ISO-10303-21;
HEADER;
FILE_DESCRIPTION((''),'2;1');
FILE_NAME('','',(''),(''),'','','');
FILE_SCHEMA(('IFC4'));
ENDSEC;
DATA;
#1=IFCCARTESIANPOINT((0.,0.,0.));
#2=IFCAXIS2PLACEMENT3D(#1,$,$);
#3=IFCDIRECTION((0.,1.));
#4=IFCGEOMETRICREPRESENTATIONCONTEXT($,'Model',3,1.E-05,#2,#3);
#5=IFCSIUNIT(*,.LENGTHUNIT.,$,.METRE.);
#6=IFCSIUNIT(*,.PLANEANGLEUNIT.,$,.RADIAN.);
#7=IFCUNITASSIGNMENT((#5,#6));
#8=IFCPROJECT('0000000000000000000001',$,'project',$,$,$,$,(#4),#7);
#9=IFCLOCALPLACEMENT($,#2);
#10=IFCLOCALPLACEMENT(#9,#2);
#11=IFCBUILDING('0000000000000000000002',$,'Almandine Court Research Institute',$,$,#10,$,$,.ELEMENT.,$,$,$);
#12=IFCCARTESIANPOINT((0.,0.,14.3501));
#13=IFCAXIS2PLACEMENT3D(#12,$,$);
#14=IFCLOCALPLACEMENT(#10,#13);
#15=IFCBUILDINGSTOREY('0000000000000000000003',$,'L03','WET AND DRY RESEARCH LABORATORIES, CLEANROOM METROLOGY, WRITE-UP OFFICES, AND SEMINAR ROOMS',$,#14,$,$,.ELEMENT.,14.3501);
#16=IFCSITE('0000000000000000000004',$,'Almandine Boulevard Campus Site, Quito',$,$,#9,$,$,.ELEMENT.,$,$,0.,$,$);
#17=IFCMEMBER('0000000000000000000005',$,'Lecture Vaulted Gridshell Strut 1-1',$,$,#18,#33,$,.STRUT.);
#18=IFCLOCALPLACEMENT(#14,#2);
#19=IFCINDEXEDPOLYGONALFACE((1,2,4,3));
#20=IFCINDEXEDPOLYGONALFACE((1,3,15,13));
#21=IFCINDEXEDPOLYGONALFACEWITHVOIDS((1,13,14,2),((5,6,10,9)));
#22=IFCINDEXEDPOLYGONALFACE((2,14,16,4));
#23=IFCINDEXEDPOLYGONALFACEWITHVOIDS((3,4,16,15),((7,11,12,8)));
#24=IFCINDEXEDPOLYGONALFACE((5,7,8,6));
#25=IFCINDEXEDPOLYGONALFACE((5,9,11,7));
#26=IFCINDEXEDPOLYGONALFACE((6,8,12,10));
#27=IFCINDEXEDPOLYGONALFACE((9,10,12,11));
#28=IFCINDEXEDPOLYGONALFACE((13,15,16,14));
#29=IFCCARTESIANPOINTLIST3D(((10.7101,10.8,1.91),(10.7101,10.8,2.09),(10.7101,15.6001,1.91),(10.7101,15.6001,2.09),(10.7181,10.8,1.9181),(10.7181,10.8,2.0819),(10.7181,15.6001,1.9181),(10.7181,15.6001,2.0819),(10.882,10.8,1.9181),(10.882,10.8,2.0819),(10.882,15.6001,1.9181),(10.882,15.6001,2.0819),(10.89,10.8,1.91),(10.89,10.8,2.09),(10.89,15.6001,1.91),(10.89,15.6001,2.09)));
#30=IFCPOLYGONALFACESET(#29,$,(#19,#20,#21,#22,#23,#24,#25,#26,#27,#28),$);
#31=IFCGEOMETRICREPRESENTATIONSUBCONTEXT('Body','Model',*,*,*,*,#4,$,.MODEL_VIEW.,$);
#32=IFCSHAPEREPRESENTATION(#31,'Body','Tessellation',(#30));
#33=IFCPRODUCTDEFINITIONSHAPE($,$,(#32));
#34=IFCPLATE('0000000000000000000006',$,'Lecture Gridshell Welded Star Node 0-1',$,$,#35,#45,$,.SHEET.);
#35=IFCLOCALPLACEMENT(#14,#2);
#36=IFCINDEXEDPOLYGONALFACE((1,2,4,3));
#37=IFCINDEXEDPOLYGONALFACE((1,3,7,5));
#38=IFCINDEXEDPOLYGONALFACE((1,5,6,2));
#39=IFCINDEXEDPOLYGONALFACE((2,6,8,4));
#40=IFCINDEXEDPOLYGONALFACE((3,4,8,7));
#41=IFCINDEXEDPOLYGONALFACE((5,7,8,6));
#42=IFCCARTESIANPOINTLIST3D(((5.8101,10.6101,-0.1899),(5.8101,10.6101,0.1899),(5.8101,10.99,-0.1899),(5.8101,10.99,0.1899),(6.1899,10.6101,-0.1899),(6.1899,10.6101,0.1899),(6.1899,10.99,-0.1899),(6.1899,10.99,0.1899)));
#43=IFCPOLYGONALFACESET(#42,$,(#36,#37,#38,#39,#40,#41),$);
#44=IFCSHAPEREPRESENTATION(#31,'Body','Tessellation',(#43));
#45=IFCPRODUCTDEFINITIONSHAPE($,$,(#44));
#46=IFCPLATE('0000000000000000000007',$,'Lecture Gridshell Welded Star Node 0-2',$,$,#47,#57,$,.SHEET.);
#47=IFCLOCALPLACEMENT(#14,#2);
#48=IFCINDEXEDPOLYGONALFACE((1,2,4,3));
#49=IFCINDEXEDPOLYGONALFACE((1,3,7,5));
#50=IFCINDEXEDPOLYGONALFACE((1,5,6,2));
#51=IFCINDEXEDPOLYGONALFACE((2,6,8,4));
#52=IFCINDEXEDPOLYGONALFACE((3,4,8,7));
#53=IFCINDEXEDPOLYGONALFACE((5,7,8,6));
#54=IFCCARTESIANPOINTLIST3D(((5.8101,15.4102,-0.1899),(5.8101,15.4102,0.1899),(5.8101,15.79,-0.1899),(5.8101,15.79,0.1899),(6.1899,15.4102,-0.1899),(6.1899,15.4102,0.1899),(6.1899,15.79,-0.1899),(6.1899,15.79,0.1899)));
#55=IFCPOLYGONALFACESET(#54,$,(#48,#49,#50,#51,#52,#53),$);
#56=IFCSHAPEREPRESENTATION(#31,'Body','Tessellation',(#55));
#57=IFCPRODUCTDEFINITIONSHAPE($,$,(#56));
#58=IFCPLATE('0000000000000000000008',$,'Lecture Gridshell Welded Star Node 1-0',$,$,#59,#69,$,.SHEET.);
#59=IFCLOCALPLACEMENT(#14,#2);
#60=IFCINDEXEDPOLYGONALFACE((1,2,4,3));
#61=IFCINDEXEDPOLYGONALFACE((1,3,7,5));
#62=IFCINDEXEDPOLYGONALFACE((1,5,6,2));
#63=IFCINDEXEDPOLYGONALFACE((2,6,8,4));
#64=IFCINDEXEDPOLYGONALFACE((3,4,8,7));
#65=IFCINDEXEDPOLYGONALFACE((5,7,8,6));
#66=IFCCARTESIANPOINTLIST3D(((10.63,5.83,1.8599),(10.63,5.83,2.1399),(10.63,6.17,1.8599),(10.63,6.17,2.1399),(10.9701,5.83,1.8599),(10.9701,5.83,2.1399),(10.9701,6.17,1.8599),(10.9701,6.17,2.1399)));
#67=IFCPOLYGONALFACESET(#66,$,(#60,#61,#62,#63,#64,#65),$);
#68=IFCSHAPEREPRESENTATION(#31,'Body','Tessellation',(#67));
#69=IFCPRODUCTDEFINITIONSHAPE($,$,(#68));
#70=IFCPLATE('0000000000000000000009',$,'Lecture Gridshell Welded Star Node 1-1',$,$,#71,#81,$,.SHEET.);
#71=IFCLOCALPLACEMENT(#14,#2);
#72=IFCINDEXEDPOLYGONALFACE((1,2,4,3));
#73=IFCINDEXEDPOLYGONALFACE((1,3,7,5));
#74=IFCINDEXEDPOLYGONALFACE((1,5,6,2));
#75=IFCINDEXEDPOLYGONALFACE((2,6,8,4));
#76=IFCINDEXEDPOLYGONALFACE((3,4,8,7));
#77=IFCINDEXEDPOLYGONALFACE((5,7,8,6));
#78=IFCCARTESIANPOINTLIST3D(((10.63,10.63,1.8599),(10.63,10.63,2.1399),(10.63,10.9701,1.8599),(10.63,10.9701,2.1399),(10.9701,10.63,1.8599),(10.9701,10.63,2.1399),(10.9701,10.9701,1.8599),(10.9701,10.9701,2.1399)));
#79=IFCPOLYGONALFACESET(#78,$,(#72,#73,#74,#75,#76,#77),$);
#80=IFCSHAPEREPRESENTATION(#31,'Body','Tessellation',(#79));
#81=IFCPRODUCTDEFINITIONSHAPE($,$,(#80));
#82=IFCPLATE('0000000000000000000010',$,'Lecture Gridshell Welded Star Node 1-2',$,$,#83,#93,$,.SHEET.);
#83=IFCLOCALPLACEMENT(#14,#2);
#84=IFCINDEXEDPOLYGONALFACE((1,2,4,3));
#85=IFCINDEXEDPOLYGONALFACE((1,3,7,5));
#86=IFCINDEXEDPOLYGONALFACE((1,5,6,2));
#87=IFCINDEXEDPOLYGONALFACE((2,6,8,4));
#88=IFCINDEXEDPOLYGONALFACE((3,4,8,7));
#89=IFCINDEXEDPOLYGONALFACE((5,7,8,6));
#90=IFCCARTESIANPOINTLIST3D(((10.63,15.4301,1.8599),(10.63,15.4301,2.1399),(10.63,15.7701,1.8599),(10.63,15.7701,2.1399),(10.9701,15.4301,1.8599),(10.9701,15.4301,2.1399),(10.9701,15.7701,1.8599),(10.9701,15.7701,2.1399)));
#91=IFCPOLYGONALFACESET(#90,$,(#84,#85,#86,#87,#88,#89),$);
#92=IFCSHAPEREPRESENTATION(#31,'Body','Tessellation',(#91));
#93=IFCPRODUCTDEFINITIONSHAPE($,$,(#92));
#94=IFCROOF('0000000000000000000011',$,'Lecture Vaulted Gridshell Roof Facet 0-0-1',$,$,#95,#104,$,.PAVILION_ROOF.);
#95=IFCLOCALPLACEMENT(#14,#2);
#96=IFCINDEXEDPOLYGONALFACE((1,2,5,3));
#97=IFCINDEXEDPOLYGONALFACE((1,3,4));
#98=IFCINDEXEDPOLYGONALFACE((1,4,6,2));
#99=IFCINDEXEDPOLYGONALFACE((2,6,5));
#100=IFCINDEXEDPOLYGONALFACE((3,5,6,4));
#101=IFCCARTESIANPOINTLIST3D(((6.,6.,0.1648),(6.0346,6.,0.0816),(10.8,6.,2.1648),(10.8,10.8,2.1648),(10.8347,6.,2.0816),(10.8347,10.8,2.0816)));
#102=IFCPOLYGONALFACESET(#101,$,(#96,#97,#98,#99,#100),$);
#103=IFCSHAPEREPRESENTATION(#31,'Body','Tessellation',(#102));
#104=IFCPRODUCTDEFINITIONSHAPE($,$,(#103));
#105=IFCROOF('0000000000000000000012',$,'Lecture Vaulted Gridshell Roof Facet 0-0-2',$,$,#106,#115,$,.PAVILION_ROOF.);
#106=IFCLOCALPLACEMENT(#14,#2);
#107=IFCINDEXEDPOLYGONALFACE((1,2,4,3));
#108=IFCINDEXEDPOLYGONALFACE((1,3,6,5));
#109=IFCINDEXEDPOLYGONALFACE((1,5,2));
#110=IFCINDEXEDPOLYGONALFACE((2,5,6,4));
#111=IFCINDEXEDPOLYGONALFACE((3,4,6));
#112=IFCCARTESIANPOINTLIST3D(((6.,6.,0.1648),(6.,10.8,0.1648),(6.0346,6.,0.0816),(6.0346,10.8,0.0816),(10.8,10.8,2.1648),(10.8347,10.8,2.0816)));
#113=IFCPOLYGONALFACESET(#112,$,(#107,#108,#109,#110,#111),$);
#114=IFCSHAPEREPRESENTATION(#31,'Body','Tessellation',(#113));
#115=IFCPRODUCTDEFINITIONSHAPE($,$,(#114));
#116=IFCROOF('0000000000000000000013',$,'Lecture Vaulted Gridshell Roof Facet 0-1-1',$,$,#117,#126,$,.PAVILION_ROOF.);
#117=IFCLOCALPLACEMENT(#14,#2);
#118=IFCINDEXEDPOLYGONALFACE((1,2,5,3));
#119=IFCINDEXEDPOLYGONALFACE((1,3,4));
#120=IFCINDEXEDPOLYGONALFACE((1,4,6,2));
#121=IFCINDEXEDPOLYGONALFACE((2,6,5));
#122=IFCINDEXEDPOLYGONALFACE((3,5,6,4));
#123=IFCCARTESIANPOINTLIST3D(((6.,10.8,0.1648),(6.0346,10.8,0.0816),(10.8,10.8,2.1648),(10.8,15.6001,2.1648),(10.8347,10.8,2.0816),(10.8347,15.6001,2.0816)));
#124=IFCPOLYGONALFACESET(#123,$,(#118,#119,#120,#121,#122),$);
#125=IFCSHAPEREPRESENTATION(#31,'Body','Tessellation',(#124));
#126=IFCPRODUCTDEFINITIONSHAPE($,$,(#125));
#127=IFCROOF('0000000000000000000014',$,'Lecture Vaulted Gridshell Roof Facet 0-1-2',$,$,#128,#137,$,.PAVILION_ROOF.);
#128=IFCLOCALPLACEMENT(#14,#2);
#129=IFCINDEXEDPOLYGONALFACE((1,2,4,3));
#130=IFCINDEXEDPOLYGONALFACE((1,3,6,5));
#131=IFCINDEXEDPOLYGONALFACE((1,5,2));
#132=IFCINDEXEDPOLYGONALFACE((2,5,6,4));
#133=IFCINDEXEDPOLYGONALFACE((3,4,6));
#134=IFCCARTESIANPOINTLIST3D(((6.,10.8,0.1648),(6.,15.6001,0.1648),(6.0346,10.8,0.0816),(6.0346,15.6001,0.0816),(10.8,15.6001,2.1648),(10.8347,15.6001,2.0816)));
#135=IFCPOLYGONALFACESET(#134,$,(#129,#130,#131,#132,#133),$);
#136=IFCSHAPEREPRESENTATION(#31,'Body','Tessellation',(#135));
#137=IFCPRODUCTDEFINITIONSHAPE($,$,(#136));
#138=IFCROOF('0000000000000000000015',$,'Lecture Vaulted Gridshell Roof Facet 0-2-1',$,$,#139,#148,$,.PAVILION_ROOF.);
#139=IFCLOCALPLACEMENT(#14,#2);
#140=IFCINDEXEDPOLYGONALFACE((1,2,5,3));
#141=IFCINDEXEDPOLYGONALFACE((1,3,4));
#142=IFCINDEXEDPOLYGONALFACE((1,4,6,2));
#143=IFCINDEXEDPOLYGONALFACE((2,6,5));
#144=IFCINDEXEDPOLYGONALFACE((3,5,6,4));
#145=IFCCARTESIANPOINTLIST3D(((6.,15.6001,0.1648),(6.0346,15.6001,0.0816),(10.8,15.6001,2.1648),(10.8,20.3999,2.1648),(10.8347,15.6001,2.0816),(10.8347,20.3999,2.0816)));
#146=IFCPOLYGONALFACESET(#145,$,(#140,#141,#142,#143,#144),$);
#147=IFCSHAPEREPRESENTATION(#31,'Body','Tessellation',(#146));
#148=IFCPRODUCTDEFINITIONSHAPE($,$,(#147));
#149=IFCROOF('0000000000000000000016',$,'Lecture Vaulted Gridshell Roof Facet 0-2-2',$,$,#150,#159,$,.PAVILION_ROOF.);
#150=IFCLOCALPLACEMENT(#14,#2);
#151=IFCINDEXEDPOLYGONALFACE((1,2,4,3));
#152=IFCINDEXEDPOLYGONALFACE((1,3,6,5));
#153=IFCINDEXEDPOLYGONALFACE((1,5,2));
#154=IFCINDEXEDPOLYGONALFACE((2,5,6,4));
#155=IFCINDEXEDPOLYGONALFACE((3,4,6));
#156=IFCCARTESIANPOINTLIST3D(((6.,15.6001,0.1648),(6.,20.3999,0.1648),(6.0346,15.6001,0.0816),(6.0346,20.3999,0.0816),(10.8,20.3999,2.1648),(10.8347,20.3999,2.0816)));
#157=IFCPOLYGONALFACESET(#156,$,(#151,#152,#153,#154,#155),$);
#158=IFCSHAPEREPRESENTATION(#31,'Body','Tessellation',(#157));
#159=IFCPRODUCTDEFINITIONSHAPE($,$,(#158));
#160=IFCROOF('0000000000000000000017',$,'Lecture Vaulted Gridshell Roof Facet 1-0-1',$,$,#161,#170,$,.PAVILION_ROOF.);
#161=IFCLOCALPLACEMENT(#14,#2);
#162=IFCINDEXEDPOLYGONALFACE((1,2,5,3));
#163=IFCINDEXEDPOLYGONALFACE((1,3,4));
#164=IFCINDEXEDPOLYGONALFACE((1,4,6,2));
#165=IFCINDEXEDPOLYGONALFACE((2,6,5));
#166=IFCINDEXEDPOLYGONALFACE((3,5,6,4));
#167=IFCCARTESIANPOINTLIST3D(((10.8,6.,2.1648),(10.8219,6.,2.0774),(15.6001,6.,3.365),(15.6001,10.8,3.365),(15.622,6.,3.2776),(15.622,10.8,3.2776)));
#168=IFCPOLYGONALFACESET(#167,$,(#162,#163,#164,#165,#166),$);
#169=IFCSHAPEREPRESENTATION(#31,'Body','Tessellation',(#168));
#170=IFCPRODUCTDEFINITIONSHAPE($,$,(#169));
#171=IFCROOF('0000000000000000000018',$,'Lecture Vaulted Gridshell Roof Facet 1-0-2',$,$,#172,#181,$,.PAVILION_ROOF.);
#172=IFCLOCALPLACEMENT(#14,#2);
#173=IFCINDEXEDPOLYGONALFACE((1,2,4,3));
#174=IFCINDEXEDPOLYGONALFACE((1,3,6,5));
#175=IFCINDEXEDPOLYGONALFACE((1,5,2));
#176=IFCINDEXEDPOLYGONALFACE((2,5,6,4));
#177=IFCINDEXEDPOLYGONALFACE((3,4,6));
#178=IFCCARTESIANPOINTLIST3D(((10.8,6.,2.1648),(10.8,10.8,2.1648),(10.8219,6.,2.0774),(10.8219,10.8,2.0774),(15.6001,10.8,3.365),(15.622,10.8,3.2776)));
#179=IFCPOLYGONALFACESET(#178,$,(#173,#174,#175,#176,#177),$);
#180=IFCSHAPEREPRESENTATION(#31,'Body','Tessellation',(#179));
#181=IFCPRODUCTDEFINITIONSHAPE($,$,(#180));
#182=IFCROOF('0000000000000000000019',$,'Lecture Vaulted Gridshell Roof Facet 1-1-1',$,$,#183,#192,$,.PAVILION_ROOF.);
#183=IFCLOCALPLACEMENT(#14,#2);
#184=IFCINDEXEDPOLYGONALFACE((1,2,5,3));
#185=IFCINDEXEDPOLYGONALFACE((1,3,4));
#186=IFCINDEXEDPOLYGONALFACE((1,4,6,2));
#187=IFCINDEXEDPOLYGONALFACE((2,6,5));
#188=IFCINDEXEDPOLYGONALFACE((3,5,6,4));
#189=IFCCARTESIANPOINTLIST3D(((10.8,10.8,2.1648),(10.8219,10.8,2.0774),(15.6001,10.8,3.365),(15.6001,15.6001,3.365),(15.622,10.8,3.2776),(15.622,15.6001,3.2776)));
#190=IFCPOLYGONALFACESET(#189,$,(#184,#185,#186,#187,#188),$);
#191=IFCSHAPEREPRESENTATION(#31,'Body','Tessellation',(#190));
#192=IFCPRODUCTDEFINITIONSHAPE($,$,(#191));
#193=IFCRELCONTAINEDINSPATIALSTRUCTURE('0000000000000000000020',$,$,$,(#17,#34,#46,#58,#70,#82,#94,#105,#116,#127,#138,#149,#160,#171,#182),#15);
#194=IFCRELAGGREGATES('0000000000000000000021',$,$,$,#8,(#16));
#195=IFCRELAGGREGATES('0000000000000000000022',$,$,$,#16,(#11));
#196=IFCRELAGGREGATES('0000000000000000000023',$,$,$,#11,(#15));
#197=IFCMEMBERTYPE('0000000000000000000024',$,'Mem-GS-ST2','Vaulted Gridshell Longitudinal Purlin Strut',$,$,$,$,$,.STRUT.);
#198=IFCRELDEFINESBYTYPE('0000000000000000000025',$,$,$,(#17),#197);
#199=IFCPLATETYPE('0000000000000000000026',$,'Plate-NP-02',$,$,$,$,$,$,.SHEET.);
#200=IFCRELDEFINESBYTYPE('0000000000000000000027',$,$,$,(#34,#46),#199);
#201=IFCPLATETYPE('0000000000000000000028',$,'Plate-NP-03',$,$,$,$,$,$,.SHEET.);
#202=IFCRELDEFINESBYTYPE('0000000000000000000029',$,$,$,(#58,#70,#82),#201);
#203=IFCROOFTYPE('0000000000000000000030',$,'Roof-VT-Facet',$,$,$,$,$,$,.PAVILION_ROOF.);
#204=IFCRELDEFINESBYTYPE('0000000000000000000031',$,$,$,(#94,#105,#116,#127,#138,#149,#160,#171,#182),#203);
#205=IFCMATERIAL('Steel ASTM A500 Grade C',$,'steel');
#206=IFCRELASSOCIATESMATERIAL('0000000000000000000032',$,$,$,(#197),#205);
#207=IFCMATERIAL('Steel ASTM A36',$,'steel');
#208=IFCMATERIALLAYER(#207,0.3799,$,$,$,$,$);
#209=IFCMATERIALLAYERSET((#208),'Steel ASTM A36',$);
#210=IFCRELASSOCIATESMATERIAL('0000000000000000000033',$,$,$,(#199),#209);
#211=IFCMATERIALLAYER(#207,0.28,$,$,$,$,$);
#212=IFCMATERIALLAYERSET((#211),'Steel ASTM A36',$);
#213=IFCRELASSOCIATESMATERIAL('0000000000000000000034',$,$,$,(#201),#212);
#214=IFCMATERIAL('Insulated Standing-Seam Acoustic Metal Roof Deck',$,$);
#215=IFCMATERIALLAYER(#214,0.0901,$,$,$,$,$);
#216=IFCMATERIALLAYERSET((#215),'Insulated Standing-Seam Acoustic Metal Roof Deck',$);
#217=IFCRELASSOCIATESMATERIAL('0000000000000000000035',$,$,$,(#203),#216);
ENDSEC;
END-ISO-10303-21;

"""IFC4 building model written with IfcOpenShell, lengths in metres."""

from ifc_helpers import new_model, si_unit, direction, frame, origin, origin_2d, place, context, subcontext, project, spatial, polyline, rectangle, hollow_rectangle, outline, extrude, material, layer, layer_set, material_profile, profile_set, type_object, element, save


model = new_model("IFC4")

# Units and contexts
model_context = context("Model", 3, precision=1e-05, world=origin(), true_north=direction((0.0, 1.0)))
body_context = subcontext(model_context, "Body", "Model", "MODEL_VIEW")
ifc_project = project(units=[si_unit("LENGTHUNIT", "METRE"), si_unit("PLANEANGLEUNIT", "RADIAN")], contexts=[model_context])

# Site, building, storey
site_placement = place(None, origin())
site = spatial("IfcSite", under=ifc_project, at=site_placement, Name="Almandine Boulevard Campus Site, Quito", CompositionType="ELEMENT", RefElevation=0.0)
building_placement = place(site_placement, origin())
building = spatial("IfcBuilding", under=site, at=building_placement, Name="Almandine Court Research Institute", CompositionType="ELEMENT")
storey_placement = place(building_placement, frame((0.0, 0.0, 14.3501)))
storey = spatial("IfcBuildingStorey", under=building, at=storey_placement, Name="L03", Description="WET AND DRY RESEARCH LABORATORIES, CLEANROOM METROLOGY, WRITE-UP OFFICES, AND SEMINAR ROOMS", CompositionType="ELEMENT", Elevation=14.3501)

# Member
ifc_material_1 = material(Name="Steel ASTM A500 Grade C", Category="steel")
ifc_material_profile_1 = material_profile(ifc_material_1, hollow_rectangle(XDim=0.1799, YDim=0.1799, WallThickness=0.0081, at=origin_2d()), Name="HSS 180x180x8")
ifc_profile_set_1 = profile_set([ifc_material_profile_1], Name="Steel ASTM A500 Grade C")
member_type_1 = type_object("IfcMemberType", Name="Mem-GS-ST2", Description="Vaulted Gridshell Longitudinal Purlin Strut", PredefinedType="STRUT", material=ifc_profile_set_1)
for number, where, z_axis, x_axis, name in (
    (1, (10.8, 10.8, 2.0), (0.0, 1.0, 0.0), (-1.0, 0.0, 0.0), "Lecture Vaulted Gridshell Strut 1-1"),
):
    element("IfcMember", number, at=place(storey_placement, frame(where, z_axis=z_axis, x_axis=x_axis)), inside=storey, type_object=member_type_1, Name=name, PredefinedType="STRUT", context=body_context, shape_type="SweptSolid", body=[
        extrude(hollow_rectangle(XDim=0.1799, YDim=0.1799, WallThickness=0.0081, at=origin_2d()), origin(), (0.0, 0.0, 1.0), 4.8),
    ])

# Plates
ifc_material_2 = material(Name="Steel ASTM A36", Category="steel")
ifc_layer_1 = layer(ifc_material_2, 0.3799)
ifc_layer_set_1 = layer_set([ifc_layer_1], Name="Steel ASTM A36")
plate_type_1 = type_object("IfcPlateType", Name="Plate-NP-02", PredefinedType="SHEET", material=ifc_layer_set_1)
for number, where, z_axis, x_axis, name in (
    (2, (6.0, 10.8, -0.1899), (0.0, 0.0, 1.0), (1.0, 0.0, 0.0), "Lecture Gridshell Welded Star Node 0-1"),
    (3, (6.0, 15.6001, -0.1899), (0.0, 0.0, 1.0), (1.0, 0.0, 0.0), "Lecture Gridshell Welded Star Node 0-2"),
):
    element("IfcPlate", number, at=place(storey_placement, frame(where, z_axis=z_axis, x_axis=x_axis)), inside=storey, type_object=plate_type_1, Name=name, PredefinedType="SHEET", context=body_context, shape_type="SweptSolid", body=[
        extrude(rectangle(XDim=0.3799, YDim=0.3799, at=origin_2d()), origin(), (0.0, 0.0, 1.0), 0.3799),
    ])
ifc_layer_2 = layer(ifc_material_2, 0.28)
ifc_layer_set_2 = layer_set([ifc_layer_2], Name="Steel ASTM A36")
plate_type_2 = type_object("IfcPlateType", Name="Plate-NP-03", PredefinedType="SHEET", material=ifc_layer_set_2)
for number, where, z_axis, x_axis, name in (
    (4, (10.8, 6.0, 1.8599), (0.0, 0.0, 1.0), (1.0, 0.0, 0.0), "Lecture Gridshell Welded Star Node 1-0"),
    (5, (10.8, 10.8, 1.8599), (0.0, 0.0, 1.0), (1.0, 0.0, 0.0), "Lecture Gridshell Welded Star Node 1-1"),
    (6, (10.8, 15.6001, 1.8599), (0.0, 0.0, 1.0), (1.0, 0.0, 0.0), "Lecture Gridshell Welded Star Node 1-2"),
):
    element("IfcPlate", number, at=place(storey_placement, frame(where, z_axis=z_axis, x_axis=x_axis)), inside=storey, type_object=plate_type_2, Name=name, PredefinedType="SHEET", context=body_context, shape_type="SweptSolid", body=[
        extrude(rectangle(XDim=0.3401, YDim=0.3401, at=origin_2d()), origin(), (0.0, 0.0, 1.0), 0.28),
    ])

# Roofs
ifc_material_3 = material(Name="Insulated Standing-Seam Acoustic Metal Roof Deck")
ifc_layer_3 = layer(ifc_material_3, 0.0901)
ifc_layer_set_3 = layer_set([ifc_layer_3], Name="Insulated Standing-Seam Acoustic Metal Roof Deck")
roof_type = type_object("IfcRoofType", Name="Roof-VT-Facet", PredefinedType="PAVILION_ROOF", material=ifc_layer_set_3)
roof_1_placement = place(storey_placement, frame((6.0, 6.0, 0.1648), z_axis=(-0.384612, 0.0, 0.923078), x_axis=(0.923078, 0.0, 0.384612)))
element("IfcRoof", 7, at=roof_1_placement, inside=storey, type_object=roof_type, Name="Lecture Vaulted Gridshell Roof Facet 0-0-1", PredefinedType="PAVILION_ROOF", context=body_context, shape_type="SweptSolid", body=[
    extrude(outline(polyline([(0.0, 0.0), (5.2, 0.0), (5.2, 4.8), (0.0, 0.0)])), origin(), (0.0, 0.0, -1.0), 0.0901),
])
roof_2_placement = place(storey_placement, frame((6.0, 6.0, 0.1648), z_axis=(-0.384612, 0.0, 0.923078), x_axis=(0.678281, 0.678281, 0.282614)))
element("IfcRoof", 8, at=roof_2_placement, inside=storey, type_object=roof_type, Name="Lecture Vaulted Gridshell Roof Facet 0-0-2", PredefinedType="PAVILION_ROOF", context=body_context, shape_type="SweptSolid", body=[
    extrude(outline(polyline([(0.0, 0.0), (7.0768, 0.0), (3.2558, 3.5271), (0.0, 0.0)])), origin(), (0.0, 0.0, -1.0), 0.0901),
])
roof_3_placement = place(storey_placement, frame((6.0, 10.8, 0.1648), z_axis=(-0.384612, 0.0, 0.923078), x_axis=(0.923078, 0.0, 0.384612)))
element("IfcRoof", 9, at=roof_3_placement, inside=storey, type_object=roof_type, Name="Lecture Vaulted Gridshell Roof Facet 0-1-1", PredefinedType="PAVILION_ROOF", context=body_context, shape_type="SweptSolid", body=[
    extrude(outline(polyline([(0.0, 0.0), (5.2, 0.0), (5.2, 4.8), (0.0, 0.0)])), origin(), (0.0, 0.0, -1.0), 0.0901),
])
roof_4_placement = place(storey_placement, frame((6.0, 10.8, 0.1648), z_axis=(-0.384612, 0.0, 0.923078), x_axis=(0.678281, 0.678281, 0.282614)))
element("IfcRoof", 10, at=roof_4_placement, inside=storey, type_object=roof_type, Name="Lecture Vaulted Gridshell Roof Facet 0-1-2", PredefinedType="PAVILION_ROOF", context=body_context, shape_type="SweptSolid", body=[
    extrude(outline(polyline([(0.0, 0.0), (7.0768, 0.0), (3.2558, 3.5271), (0.0, 0.0)])), origin(), (0.0, 0.0, -1.0), 0.0901),
])
roof_5_placement = place(storey_placement, frame((6.0, 15.6001, 0.1648), z_axis=(-0.384612, 0.0, 0.923078), x_axis=(0.923078, 0.0, 0.384612)))
element("IfcRoof", 11, at=roof_5_placement, inside=storey, type_object=roof_type, Name="Lecture Vaulted Gridshell Roof Facet 0-2-1", PredefinedType="PAVILION_ROOF", context=body_context, shape_type="SweptSolid", body=[
    extrude(outline(polyline([(0.0, 0.0), (5.2, 0.0), (5.2, 4.7998), (0.0, 0.0)])), origin(), (0.0, 0.0, -1.0), 0.0901),
])
roof_6_placement = place(storey_placement, frame((6.0, 15.6001, 0.1648), z_axis=(-0.384612, 0.0, 0.923078), x_axis=(0.678297, 0.678262, 0.282621)))
element("IfcRoof", 12, at=roof_6_placement, inside=storey, type_object=roof_type, Name="Lecture Vaulted Gridshell Roof Facet 0-2-2", PredefinedType="PAVILION_ROOF", context=body_context, shape_type="SweptSolid", body=[
    extrude(outline(polyline([(0.0, 0.0), (7.0766, 0.0), (3.2555, 3.527), (0.0, 0.0)])), origin(), (0.0, 0.0, -1.0), 0.0901),
])
roof_7_placement = place(storey_placement, frame((10.8, 6.0, 2.1648), z_axis=(-0.24257, 0.0, 0.970134), x_axis=(0.970134, 0.0, 0.24257)))
element("IfcRoof", 13, at=roof_7_placement, inside=storey, type_object=roof_type, Name="Lecture Vaulted Gridshell Roof Facet 1-0-1", PredefinedType="PAVILION_ROOF", context=body_context, shape_type="SweptSolid", body=[
    extrude(outline(polyline([(0.0, 0.0), (4.9478, 0.0), (4.9478, 4.8), (0.0, 0.0)])), origin(), (0.0, 0.0, -1.0), 0.0901),
])
roof_8_placement = place(storey_placement, frame((10.8, 6.0, 2.1648), z_axis=(-0.24257, 0.0, 0.970134), x_axis=(0.696307, 0.696307, 0.174103)))
element("IfcRoof", 14, at=roof_8_placement, inside=storey, type_object=roof_type, Name="Lecture Vaulted Gridshell Roof Facet 1-0-2", PredefinedType="PAVILION_ROOF", context=body_context, shape_type="SweptSolid", body=[
    extrude(outline(polyline([(0.0, 0.0), (6.8936, 0.0), (3.3423, 3.4452), (0.0, 0.0)])), origin(), (0.0, 0.0, -1.0), 0.0901),
])
roof_9_placement = place(storey_placement, frame((10.8, 10.8, 2.1648), z_axis=(-0.24257, 0.0, 0.970134), x_axis=(0.970134, 0.0, 0.24257)))
element("IfcRoof", 15, at=roof_9_placement, inside=storey, type_object=roof_type, Name="Lecture Vaulted Gridshell Roof Facet 1-1-1", PredefinedType="PAVILION_ROOF", context=body_context, shape_type="SweptSolid", body=[
    extrude(outline(polyline([(0.0, 0.0), (4.9478, 0.0), (4.9478, 4.8), (0.0, 0.0)])), origin(), (0.0, 0.0, -1.0), 0.0901),
])

save(model, "model.ifc")
